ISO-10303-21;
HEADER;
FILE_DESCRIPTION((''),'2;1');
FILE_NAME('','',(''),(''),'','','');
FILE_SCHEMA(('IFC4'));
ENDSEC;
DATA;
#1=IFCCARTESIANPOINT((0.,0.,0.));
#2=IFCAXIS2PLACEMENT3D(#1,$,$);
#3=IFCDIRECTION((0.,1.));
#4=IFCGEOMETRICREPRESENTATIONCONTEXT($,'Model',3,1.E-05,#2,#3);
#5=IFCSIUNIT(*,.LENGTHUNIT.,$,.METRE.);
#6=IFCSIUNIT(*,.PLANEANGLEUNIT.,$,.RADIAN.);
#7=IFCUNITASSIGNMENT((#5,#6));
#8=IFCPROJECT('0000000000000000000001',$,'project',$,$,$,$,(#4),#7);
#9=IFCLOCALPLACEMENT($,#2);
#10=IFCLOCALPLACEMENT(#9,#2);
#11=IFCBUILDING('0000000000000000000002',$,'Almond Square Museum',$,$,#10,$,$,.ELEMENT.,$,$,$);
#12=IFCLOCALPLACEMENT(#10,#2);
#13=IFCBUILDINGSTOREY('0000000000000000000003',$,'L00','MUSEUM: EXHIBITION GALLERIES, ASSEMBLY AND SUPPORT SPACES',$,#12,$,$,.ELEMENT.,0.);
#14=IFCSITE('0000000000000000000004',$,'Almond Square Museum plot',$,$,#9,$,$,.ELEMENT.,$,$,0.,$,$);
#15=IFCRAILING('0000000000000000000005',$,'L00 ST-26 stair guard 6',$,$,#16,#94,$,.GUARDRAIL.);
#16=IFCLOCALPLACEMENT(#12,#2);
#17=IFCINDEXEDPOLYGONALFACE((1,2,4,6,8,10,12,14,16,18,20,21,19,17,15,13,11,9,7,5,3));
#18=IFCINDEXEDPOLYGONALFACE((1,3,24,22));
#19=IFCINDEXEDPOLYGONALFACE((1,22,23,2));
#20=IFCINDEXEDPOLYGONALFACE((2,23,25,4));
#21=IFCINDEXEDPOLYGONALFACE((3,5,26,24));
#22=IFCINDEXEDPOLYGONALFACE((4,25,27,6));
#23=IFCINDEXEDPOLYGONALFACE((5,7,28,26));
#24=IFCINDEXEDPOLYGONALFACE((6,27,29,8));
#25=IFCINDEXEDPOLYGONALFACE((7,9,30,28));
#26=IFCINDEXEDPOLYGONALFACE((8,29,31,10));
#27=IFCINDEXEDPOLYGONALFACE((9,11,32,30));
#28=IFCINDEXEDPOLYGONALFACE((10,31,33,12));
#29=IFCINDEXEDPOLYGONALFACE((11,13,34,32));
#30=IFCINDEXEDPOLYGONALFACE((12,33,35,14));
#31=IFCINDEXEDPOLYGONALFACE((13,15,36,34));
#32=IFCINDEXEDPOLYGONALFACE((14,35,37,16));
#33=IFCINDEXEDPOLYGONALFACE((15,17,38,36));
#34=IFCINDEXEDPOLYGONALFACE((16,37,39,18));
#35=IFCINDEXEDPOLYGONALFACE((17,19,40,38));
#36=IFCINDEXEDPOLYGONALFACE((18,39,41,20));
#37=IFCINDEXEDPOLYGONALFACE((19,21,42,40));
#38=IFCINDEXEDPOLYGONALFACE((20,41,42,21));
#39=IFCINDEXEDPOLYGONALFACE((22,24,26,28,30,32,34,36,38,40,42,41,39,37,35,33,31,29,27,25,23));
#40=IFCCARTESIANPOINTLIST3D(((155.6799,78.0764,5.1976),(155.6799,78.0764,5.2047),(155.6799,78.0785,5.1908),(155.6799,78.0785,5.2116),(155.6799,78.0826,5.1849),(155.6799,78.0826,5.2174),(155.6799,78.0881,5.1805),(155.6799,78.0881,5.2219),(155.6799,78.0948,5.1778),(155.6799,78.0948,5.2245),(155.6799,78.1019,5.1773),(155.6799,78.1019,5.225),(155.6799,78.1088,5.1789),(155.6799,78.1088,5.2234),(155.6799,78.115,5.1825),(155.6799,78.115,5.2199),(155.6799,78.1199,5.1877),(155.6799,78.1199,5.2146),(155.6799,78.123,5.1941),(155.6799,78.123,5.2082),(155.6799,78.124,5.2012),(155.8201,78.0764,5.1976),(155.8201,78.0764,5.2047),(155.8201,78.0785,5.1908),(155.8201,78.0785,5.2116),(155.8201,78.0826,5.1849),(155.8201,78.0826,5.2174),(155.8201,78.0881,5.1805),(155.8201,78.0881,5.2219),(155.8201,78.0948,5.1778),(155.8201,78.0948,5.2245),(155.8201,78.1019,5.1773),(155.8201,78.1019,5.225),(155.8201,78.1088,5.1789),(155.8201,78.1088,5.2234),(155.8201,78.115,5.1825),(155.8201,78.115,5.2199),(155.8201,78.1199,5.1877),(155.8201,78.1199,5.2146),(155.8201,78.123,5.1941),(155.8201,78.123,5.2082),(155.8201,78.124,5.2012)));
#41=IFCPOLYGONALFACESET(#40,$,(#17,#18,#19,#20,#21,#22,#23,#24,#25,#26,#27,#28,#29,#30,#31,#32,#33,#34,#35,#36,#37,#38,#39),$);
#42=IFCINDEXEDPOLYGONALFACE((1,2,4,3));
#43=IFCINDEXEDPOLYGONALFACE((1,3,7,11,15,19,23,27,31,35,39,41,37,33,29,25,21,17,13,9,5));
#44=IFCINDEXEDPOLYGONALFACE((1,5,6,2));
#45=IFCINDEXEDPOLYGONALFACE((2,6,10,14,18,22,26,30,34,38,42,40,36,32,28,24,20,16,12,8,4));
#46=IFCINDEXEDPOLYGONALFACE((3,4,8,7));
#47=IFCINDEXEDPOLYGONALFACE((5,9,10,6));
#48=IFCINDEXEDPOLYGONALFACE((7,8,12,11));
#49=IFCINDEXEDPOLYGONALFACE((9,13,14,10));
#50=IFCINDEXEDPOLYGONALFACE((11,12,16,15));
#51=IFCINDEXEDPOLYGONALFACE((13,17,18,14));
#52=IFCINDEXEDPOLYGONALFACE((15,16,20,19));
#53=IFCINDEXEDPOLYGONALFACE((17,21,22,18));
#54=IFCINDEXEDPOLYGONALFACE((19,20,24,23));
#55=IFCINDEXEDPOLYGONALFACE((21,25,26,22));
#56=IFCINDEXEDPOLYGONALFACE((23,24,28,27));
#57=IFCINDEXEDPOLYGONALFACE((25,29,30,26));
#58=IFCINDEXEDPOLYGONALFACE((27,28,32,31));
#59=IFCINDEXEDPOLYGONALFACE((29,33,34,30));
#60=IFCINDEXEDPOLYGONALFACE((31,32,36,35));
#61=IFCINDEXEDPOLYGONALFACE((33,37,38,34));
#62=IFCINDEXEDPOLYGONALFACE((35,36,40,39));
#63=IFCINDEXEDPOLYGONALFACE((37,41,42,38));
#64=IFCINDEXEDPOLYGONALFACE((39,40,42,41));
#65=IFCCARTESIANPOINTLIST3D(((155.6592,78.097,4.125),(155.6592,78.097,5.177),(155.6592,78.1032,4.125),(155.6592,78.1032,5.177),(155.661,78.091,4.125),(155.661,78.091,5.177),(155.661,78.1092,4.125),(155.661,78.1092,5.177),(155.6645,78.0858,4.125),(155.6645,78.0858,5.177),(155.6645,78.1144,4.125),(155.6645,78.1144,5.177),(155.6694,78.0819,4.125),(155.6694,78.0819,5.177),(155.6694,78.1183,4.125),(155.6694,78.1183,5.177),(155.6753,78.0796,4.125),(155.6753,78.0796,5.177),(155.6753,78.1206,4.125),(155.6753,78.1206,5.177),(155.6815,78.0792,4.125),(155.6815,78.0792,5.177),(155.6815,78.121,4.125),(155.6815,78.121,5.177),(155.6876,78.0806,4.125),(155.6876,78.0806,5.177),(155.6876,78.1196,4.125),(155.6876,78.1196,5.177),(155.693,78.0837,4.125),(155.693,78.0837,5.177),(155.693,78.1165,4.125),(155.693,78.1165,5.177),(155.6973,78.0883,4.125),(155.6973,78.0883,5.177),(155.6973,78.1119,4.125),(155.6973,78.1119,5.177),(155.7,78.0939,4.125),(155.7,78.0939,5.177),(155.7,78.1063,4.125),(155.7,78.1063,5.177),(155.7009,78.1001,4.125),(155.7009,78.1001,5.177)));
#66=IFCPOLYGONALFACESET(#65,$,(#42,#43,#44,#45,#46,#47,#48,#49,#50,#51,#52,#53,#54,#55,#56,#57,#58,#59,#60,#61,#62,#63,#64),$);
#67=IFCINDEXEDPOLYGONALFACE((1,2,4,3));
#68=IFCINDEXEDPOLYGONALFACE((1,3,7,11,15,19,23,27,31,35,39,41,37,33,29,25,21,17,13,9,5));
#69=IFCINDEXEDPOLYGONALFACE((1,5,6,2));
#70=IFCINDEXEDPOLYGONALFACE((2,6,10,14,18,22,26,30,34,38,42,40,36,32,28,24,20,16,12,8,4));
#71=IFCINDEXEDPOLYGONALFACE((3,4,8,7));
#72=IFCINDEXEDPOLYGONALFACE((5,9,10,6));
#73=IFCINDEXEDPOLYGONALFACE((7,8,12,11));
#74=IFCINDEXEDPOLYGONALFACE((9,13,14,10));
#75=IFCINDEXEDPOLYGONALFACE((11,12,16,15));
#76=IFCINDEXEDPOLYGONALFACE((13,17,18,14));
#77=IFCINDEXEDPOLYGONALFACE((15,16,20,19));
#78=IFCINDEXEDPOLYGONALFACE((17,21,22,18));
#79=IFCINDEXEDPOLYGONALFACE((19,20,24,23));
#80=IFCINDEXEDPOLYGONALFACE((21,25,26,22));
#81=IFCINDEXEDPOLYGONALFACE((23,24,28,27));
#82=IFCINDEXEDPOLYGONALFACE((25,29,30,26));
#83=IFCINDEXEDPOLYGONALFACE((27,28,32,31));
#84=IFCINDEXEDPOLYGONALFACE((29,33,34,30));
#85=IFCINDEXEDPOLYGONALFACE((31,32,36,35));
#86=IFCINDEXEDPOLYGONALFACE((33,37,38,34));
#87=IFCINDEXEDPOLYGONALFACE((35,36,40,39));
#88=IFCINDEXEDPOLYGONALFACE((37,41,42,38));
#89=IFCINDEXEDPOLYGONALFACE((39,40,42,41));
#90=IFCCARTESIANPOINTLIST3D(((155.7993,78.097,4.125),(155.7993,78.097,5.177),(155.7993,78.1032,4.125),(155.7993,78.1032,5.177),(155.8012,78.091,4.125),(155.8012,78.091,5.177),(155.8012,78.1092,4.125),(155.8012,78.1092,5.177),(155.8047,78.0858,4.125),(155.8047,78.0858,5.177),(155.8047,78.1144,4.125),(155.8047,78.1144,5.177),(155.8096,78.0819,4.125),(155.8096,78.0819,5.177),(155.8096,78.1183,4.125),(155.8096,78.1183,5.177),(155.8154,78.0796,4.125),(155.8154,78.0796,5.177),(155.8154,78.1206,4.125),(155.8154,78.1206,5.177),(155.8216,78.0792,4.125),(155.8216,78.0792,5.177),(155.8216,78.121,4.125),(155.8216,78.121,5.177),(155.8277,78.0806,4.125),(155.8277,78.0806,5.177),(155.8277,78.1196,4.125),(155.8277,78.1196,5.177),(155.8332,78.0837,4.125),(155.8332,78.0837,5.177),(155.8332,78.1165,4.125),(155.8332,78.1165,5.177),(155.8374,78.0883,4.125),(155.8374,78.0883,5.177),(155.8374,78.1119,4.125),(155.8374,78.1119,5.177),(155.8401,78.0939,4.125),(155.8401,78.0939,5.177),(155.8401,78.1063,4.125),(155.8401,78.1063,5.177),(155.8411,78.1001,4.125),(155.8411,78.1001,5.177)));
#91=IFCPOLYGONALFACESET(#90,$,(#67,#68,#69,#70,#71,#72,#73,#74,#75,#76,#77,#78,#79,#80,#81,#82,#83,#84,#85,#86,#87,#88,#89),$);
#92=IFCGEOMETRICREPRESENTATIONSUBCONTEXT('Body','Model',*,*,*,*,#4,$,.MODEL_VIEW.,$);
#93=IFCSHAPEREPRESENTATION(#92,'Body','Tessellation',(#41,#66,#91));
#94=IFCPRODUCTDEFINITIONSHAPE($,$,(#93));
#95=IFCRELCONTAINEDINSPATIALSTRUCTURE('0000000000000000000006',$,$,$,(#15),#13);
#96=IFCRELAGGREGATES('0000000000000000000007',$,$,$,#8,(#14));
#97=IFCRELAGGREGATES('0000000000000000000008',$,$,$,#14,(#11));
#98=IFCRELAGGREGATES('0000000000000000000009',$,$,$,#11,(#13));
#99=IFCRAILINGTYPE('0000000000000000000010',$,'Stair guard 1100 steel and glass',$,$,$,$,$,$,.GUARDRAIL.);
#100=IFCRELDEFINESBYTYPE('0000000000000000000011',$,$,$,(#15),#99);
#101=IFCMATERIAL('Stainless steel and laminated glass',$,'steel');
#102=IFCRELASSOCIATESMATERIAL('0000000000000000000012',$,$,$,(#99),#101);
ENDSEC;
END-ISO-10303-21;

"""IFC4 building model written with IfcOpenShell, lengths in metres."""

from ifc_helpers import new_model, si_unit, direction, frame, origin, origin_2d, place, context, subcontext, project, spatial, circle, extrude, material, type_object, element, save


model = new_model("IFC4")

# Units and contexts
model_context = context("Model", 3, precision=1e-05, world=origin(), true_north=direction((0.0, 1.0)))
body_context = subcontext(model_context, "Body", "Model", "MODEL_VIEW")
ifc_project = project(units=[si_unit("LENGTHUNIT", "METRE"), si_unit("PLANEANGLEUNIT", "RADIAN")], contexts=[model_context])

# Site, building, storey
site_placement = place(None, origin())
site = spatial("IfcSite", under=ifc_project, at=site_placement, Name="Almond Square Museum plot", CompositionType="ELEMENT", RefElevation=0.0)
building_placement = place(site_placement, origin())
building = spatial("IfcBuilding", under=site, at=building_placement, Name="Almond Square Museum", CompositionType="ELEMENT")
storey_placement = place(building_placement, origin())
storey = spatial("IfcBuildingStorey", under=building, at=storey_placement, Name="L00", Description="MUSEUM: EXHIBITION GALLERIES, ASSEMBLY AND SUPPORT SPACES", CompositionType="ELEMENT", Elevation=0.0)

# Railing
ifc_material_1 = material(Name="Stainless steel and laminated glass", Category="steel")
railing_type_1 = type_object("IfcRailingType", Name="Stair guard 1100 steel and glass", PredefinedType="GUARDRAIL", material=ifc_material_1)
railing_1_placement = place(storey_placement, frame((155.6799, 78.1001, 4.125)))
element("IfcRailing", 1, at=railing_1_placement, inside=storey, type_object=railing_type_1, Name="L00 ST-26 stair guard 6", PredefinedType="GUARDRAIL", context=body_context, shape_type="SweptSolid", body=[
    extrude(circle(Radius=0.0239, at=origin_2d()), frame((0.0, 0.0, 1.0762), z_axis=(1.0, 0.0, 0.0), x_axis=(0.0, 1.0, 0.0)), (0.0, 0.0, 1.0), 0.1401),
    extrude(circle(Radius=0.021, at=origin_2d()), origin(), (0.0, 0.0, 1.0), 1.052),
    extrude(circle(Radius=0.021, at=origin_2d()), frame((0.1401, 0.0, 0.0)), (0.0, 0.0, 1.0), 1.052),
])

save(model, "model.ifc")
